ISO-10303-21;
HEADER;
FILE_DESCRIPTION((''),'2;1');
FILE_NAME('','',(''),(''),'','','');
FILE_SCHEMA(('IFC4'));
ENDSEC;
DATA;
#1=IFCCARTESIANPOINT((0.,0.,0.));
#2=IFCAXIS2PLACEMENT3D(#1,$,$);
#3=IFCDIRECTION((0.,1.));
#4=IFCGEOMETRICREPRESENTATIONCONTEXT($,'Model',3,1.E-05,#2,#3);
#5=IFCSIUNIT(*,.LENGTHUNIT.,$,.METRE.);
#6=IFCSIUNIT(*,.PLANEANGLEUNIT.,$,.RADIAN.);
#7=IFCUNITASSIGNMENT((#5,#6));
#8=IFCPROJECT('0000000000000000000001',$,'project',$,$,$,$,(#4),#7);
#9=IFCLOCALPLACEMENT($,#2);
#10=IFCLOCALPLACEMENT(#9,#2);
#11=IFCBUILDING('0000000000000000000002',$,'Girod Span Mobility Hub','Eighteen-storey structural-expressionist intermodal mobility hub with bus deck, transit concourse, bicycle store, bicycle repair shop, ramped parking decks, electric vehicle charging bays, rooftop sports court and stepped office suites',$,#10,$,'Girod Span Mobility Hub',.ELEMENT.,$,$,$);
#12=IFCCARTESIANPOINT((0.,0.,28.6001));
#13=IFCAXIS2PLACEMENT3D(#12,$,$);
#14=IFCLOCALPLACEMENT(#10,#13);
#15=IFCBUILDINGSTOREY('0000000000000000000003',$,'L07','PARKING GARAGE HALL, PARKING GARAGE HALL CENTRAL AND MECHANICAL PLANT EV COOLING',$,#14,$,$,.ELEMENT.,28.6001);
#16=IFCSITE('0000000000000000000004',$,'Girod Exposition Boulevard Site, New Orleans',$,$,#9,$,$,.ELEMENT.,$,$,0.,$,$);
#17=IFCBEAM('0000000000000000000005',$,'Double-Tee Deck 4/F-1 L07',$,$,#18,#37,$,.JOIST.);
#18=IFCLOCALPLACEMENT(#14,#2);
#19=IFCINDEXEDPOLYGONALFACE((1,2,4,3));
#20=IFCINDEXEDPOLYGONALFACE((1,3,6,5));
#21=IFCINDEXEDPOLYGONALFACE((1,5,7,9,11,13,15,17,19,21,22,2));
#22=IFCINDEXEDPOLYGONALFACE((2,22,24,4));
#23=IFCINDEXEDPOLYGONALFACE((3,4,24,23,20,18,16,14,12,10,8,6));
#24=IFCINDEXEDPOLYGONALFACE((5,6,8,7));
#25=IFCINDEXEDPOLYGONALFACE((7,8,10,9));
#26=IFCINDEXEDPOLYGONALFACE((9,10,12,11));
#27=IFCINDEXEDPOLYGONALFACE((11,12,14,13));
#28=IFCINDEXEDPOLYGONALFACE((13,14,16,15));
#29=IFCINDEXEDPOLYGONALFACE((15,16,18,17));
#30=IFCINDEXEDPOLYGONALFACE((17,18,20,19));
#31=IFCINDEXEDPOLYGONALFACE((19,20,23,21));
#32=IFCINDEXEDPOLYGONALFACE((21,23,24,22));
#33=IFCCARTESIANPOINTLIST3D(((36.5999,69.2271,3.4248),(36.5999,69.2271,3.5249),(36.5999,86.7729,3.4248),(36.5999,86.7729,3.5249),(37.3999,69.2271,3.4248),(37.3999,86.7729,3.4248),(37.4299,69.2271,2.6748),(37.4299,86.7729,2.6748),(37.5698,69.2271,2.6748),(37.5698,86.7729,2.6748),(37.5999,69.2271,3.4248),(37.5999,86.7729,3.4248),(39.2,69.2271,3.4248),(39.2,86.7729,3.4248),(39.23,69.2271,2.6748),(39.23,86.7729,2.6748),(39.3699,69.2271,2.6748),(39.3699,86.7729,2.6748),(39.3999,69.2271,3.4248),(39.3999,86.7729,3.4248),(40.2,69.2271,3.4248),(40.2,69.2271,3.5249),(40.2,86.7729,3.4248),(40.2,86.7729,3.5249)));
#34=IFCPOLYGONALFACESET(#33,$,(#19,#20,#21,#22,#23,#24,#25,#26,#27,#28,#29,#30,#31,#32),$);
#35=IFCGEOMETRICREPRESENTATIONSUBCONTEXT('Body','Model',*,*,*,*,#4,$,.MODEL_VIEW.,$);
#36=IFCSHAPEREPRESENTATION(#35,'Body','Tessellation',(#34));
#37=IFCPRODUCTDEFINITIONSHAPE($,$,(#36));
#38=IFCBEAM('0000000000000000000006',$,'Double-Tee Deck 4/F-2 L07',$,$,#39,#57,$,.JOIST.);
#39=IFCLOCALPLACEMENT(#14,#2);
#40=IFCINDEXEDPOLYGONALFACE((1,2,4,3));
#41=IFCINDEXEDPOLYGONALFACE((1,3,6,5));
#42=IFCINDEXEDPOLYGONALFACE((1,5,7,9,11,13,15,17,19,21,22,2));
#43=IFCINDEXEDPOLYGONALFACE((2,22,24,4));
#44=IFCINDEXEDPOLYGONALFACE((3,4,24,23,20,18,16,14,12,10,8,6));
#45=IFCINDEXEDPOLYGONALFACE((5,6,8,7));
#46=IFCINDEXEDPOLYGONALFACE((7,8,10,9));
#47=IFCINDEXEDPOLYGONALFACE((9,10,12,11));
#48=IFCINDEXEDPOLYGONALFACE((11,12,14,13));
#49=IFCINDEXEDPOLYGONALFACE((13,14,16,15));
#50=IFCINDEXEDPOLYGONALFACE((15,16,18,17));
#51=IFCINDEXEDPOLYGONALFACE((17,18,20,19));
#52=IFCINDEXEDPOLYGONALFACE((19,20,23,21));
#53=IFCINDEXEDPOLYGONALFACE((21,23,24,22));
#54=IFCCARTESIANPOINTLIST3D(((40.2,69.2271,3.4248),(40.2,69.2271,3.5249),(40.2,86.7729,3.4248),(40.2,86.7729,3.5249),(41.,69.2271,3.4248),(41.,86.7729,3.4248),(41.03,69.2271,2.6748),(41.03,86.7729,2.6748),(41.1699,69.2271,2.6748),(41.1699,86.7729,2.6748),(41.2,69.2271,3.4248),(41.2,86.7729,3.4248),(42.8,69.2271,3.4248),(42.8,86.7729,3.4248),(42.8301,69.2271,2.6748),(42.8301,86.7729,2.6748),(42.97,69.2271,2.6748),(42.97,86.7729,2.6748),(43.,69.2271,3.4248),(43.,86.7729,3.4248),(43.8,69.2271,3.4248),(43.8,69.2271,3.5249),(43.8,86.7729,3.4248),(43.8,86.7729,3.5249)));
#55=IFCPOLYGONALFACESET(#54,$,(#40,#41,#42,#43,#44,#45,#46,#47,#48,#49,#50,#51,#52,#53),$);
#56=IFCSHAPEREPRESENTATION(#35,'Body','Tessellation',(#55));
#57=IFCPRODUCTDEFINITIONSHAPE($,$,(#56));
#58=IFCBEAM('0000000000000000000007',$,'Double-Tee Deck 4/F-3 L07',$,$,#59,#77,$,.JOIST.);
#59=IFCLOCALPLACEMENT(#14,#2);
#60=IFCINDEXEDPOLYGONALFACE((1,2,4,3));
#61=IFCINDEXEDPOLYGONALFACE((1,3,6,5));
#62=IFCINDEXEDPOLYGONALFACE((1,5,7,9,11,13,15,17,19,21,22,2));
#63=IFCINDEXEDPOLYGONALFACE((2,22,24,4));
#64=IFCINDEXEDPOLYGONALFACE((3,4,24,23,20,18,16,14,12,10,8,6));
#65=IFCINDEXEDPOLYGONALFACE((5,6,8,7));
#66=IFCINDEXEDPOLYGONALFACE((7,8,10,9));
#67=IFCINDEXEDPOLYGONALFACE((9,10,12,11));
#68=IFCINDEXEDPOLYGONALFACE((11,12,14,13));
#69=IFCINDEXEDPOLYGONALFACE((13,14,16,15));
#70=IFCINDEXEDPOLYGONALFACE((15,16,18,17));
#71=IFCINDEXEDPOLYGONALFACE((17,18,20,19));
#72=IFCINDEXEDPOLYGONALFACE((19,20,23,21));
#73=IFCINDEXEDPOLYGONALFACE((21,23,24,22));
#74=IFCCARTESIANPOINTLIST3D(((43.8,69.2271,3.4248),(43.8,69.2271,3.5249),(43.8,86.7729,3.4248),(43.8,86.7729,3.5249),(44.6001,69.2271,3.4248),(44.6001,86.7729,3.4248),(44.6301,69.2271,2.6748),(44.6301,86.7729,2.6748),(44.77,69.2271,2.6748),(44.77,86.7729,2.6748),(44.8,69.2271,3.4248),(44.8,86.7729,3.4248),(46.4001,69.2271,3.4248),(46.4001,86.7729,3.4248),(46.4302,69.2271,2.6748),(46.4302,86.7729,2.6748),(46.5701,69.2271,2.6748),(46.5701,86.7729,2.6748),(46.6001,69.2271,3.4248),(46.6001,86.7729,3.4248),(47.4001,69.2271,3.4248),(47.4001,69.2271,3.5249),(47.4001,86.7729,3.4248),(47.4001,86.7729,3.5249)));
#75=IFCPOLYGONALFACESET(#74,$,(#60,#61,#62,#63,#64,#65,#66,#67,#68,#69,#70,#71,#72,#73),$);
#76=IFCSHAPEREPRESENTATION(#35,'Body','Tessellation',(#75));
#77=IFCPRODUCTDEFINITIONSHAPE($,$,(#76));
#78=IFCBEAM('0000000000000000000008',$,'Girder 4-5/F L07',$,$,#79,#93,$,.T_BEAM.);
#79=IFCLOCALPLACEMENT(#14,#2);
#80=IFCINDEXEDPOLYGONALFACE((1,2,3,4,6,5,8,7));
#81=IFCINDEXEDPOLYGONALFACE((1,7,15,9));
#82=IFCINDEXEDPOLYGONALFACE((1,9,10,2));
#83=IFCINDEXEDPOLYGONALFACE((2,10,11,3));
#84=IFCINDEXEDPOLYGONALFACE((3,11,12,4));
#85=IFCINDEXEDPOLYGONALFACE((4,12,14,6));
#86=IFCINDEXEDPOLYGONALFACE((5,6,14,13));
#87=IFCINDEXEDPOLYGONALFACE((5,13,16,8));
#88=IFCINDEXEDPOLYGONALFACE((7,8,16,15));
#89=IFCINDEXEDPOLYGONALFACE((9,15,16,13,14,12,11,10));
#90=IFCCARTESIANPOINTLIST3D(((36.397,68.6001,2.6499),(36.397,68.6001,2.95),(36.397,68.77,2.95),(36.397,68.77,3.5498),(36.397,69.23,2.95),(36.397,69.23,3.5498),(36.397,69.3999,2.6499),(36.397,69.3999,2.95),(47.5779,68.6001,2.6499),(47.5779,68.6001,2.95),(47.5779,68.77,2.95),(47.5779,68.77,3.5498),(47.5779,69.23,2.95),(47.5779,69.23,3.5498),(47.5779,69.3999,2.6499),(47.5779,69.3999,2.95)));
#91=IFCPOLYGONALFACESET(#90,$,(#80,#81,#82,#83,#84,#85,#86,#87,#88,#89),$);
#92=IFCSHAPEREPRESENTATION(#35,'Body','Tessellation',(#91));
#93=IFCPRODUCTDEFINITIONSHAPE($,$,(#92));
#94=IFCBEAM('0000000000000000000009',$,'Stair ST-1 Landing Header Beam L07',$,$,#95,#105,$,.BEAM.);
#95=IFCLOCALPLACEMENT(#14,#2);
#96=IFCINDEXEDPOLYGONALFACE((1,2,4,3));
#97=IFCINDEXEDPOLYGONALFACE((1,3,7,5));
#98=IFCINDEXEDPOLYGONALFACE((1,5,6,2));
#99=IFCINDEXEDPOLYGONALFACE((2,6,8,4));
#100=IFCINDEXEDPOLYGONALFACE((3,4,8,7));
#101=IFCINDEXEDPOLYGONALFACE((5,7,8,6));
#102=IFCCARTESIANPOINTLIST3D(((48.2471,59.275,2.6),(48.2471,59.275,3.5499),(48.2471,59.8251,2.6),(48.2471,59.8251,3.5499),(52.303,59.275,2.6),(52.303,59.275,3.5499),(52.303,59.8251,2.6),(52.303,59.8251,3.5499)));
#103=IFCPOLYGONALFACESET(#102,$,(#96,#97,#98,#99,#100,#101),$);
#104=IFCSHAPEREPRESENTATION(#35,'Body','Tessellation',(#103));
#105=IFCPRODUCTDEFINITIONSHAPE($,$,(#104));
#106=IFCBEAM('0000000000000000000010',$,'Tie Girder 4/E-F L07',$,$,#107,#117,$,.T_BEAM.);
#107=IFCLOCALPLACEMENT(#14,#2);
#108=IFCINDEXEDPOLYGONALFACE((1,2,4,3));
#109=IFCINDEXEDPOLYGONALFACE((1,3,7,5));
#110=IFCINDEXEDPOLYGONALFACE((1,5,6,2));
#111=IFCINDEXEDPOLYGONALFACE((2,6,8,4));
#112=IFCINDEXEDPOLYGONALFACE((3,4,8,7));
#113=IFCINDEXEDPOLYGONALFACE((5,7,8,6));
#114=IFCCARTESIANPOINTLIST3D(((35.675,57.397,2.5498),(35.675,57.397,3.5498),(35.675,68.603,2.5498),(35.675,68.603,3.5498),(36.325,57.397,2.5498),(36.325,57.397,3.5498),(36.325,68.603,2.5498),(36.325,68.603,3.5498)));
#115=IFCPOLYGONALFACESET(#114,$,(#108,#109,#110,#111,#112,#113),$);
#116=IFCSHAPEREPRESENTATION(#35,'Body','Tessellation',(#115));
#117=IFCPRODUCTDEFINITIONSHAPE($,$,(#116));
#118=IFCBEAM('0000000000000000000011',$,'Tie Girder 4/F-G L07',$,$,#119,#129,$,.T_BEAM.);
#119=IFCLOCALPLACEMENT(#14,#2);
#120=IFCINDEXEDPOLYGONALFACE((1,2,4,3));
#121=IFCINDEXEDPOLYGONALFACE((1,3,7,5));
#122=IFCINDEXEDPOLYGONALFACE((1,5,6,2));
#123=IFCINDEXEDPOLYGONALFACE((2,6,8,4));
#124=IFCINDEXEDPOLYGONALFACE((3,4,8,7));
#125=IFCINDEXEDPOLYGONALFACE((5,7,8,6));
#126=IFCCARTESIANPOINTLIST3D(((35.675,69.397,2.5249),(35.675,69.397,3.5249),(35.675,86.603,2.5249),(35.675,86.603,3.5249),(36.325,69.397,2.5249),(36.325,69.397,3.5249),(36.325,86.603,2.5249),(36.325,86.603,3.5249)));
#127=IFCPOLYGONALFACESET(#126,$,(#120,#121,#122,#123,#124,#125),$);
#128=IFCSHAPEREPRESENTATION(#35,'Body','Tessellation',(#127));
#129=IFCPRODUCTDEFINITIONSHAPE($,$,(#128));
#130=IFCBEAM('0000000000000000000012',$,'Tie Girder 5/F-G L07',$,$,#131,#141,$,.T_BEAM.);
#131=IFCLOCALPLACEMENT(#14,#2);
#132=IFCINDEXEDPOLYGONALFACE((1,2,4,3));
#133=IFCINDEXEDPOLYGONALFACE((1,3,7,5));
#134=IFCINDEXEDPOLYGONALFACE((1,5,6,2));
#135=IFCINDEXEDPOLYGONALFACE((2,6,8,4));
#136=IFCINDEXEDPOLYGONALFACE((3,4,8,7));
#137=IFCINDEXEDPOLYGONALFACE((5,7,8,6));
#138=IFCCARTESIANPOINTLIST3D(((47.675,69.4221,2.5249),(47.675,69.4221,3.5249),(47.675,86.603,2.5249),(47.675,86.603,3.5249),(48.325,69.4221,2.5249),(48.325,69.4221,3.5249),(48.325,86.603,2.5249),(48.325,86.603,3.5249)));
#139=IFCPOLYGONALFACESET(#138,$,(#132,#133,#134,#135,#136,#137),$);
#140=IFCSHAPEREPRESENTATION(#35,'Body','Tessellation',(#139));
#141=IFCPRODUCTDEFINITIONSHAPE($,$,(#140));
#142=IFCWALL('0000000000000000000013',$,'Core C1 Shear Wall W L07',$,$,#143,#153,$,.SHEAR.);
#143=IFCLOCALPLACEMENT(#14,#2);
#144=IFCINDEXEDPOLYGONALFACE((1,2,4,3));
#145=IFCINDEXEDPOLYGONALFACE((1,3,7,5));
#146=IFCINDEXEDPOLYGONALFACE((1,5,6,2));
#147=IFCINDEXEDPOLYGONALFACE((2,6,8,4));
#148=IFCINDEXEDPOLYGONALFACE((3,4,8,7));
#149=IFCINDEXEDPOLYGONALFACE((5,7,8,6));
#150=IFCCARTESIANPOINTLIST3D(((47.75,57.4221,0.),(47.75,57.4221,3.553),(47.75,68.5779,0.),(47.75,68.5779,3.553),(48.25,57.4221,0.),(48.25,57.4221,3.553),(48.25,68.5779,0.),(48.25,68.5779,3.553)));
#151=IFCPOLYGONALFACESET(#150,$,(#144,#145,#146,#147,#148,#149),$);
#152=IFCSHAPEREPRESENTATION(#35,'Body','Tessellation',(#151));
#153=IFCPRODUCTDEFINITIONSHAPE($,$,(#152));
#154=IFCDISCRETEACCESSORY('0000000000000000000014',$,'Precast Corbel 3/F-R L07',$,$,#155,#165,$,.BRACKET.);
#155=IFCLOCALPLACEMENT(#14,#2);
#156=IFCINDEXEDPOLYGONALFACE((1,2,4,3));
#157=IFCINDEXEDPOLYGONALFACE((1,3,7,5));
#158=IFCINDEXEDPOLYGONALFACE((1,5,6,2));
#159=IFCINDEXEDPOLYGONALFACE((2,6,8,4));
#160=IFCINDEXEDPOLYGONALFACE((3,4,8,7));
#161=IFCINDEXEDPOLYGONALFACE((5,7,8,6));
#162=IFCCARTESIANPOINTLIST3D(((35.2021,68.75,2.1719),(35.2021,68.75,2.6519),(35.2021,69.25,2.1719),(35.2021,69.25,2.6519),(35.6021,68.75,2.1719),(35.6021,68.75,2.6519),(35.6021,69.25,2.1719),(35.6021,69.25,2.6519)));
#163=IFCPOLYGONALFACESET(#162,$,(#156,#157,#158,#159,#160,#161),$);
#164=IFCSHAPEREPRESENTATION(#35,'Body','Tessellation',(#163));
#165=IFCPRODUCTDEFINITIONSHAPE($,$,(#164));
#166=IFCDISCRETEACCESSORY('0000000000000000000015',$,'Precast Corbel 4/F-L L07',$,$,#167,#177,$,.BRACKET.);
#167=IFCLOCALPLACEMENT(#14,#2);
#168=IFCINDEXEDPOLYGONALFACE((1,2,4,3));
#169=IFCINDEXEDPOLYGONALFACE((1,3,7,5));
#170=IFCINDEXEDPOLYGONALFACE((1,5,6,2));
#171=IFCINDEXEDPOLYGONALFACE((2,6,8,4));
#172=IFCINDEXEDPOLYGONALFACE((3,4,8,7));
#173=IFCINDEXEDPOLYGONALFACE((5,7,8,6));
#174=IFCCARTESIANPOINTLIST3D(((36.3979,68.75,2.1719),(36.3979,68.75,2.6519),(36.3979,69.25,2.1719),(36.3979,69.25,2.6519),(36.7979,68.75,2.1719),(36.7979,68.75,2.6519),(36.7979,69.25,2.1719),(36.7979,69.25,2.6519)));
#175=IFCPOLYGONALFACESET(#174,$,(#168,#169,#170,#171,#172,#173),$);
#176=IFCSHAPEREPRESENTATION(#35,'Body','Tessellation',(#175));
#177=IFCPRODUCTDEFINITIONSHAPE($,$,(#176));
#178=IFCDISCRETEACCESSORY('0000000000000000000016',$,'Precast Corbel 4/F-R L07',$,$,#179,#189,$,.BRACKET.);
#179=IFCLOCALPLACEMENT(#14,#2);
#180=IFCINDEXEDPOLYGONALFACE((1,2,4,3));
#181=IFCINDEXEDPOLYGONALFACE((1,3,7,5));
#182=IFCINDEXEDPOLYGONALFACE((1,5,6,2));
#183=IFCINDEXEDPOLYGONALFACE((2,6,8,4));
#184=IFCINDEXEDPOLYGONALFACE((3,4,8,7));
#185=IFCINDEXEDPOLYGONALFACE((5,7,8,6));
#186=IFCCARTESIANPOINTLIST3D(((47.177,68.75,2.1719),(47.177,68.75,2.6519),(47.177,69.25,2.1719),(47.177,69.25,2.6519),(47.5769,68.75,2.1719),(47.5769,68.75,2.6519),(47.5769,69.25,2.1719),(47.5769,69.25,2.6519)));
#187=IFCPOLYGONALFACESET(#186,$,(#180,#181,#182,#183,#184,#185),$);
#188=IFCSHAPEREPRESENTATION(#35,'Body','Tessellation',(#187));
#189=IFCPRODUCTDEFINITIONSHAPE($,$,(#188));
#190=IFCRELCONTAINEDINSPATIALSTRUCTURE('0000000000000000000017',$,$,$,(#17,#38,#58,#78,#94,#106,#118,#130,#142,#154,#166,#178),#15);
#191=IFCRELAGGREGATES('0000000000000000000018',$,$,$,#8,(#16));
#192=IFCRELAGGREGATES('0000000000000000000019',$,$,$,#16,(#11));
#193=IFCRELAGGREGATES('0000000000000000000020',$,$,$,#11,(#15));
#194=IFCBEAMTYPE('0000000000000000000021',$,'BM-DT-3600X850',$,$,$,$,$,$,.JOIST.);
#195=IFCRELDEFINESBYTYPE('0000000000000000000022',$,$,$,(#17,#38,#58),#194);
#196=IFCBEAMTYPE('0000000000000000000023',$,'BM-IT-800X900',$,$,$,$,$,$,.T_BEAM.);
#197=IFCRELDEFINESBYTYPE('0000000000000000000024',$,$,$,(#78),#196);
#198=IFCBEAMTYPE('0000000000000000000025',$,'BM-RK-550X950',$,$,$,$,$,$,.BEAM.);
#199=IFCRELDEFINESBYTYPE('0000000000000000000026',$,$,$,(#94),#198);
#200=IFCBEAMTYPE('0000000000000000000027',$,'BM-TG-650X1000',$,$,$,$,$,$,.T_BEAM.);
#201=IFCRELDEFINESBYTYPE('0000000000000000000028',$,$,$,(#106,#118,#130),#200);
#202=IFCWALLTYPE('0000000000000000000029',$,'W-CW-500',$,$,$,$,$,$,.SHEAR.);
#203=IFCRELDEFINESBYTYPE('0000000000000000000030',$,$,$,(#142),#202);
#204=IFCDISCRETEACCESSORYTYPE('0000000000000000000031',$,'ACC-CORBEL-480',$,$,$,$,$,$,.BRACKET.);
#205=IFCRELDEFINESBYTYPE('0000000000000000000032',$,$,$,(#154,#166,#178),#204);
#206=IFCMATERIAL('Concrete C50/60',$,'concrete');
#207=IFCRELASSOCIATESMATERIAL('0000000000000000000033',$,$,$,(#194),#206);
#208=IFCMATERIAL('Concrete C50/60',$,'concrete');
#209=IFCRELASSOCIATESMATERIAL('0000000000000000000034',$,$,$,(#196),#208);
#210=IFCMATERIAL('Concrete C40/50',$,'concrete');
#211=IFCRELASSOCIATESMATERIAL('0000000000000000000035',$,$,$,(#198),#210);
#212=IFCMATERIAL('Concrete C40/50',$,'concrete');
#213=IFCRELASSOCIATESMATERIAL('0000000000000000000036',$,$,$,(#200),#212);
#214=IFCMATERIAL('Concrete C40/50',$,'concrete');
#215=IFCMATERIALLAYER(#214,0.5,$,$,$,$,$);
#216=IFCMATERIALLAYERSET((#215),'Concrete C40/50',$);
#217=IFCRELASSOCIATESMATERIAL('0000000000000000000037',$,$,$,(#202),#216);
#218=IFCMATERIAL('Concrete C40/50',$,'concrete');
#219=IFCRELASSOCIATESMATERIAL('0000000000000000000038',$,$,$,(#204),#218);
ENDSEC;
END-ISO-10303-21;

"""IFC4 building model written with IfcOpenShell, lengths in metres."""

from ifc_helpers import new_model, si_unit, direction, frame, frame_2d, origin, origin_2d, place, context, subcontext, project, spatial, polyline, rectangle, outline, extrude, material, layer, layer_set, material_profile, profile_set, type_object, element, save


model = new_model("IFC4")

# Units and contexts
model_context = context("Model", 3, precision=1e-05, world=origin(), true_north=direction((0.0, 1.0)))
body_context = subcontext(model_context, "Body", "Model", "MODEL_VIEW")
ifc_project = project(units=[si_unit("LENGTHUNIT", "METRE"), si_unit("PLANEANGLEUNIT", "RADIAN")], contexts=[model_context])

# Site, building, storey
site_placement = place(None, origin())
site = spatial("IfcSite", under=ifc_project, at=site_placement, Name="Girod Exposition Boulevard Site, New Orleans", CompositionType="ELEMENT", RefElevation=0.0)
building_placement = place(site_placement, origin())
building = spatial("IfcBuilding", under=site, at=building_placement, Name="Girod Span Mobility Hub", Description="Eighteen-storey structural-expressionist intermodal mobility hub with bus deck, transit concourse, bicycle store, bicycle repair shop, ramped parking decks, electric vehicle charging bays, rooftop sports court and stepped office suites", LongName="Girod Span Mobility Hub", CompositionType="ELEMENT")
storey_placement = place(building_placement, frame((0.0, 0.0, 28.6001)))
storey = spatial("IfcBuildingStorey", under=building, at=storey_placement, Name="L07", Description="PARKING GARAGE HALL, PARKING GARAGE HALL CENTRAL AND MECHANICAL PLANT EV COOLING", CompositionType="ELEMENT", Elevation=28.6001)

# Beams
ifc_material_1 = material(Name="Concrete C50/60", Category="concrete")
ifc_material_profile_1 = material_profile(ifc_material_1, outline(polyline([(-1.8, 0.425), (-1.8, 0.325), (-1.0, 0.325), (-0.97, -0.425), (-0.8301, -0.425), (-0.8, 0.325), (0.8, 0.325), (0.8301, -0.425), (0.97, -0.425), (1.0, 0.325), (1.8, 0.325), (1.8, 0.425), (-1.8, 0.425)])), Name="DT-3600X850")
ifc_profile_set_1 = profile_set([ifc_material_profile_1], Name="Concrete C50/60")
beam_type_1 = type_object("IfcBeamType", Name="BM-DT-3600X850", PredefinedType="JOIST", material=ifc_profile_set_1)
for number, where, z_axis, x_axis, name in (
    (1, (38.3999, 69.2271, 3.0999), (0.0, 1.0, 0.0), (-1.0, 0.0, 0.0), "Double-Tee Deck 4/F-1 L07"),
    (2, (42.0, 69.2271, 3.0999), (0.0, 1.0, 0.0), (-1.0, 0.0, 0.0), "Double-Tee Deck 4/F-2 L07"),
    (3, (45.6001, 69.2271, 3.0999), (0.0, 1.0, 0.0), (-1.0, 0.0, 0.0), "Double-Tee Deck 4/F-3 L07"),
):
    element("IfcBeam", number, at=place(storey_placement, frame(where, z_axis=z_axis, x_axis=x_axis)), inside=storey, type_object=beam_type_1, Name=name, PredefinedType="JOIST", context=body_context, shape_type="SweptSolid", body=[
        extrude(outline(polyline([(-1.8, 0.425), (-1.8, 0.325), (-1.0, 0.325), (-0.97, -0.425), (-0.8301, -0.425), (-0.8, 0.325), (0.8, 0.325), (0.8301, -0.425), (0.97, -0.425), (1.0, 0.325), (1.8, 0.325), (1.8, 0.425), (-1.8, 0.425)])), origin(), (0.0, 0.0, 1.0), 17.5459),
    ])
ifc_material_2 = material(Name="Concrete C50/60", Category="concrete")
ifc_material_profile_2 = material_profile(ifc_material_2, outline(polyline([(-0.3999, -0.45), (0.3999, -0.45), (0.3999, -0.1499), (0.23, -0.1499), (0.23, 0.45), (-0.23, 0.45), (-0.23, -0.1499), (-0.3999, -0.1499), (-0.3999, -0.45)])), Name="IT-800X900")
ifc_profile_set_2 = profile_set([ifc_material_profile_2], Name="Concrete C50/60")
beam_type_2 = type_object("IfcBeamType", Name="BM-IT-800X900", PredefinedType="T_BEAM", material=ifc_profile_set_2)
beam_1_placement = place(storey_placement, frame((36.397, 69.0, 3.0999), z_axis=(1.0, 0.0, 0.0), x_axis=(0.0, 1.0, 0.0)))
element("IfcBeam", 4, at=beam_1_placement, inside=storey, type_object=beam_type_2, Name="Girder 4-5/F L07", PredefinedType="T_BEAM", context=body_context, shape_type="SweptSolid", body=[
    extrude(outline(polyline([(-0.3999, -0.45), (0.3999, -0.45), (0.3999, -0.1499), (0.23, -0.1499), (0.23, 0.45), (-0.23, 0.45), (-0.23, -0.1499), (-0.3999, -0.1499), (-0.3999, -0.45)])), origin(), (0.0, 0.0, 1.0), 11.1809),
])
ifc_material_3 = material(Name="Concrete C40/50", Category="concrete")
ifc_material_profile_3 = material_profile(ifc_material_3, rectangle(XDim=0.55, YDim=0.95, at=origin_2d()), Name="RK-550X950")
ifc_profile_set_3 = profile_set([ifc_material_profile_3], Name="Concrete C40/50")
beam_type_3 = type_object("IfcBeamType", Name="BM-RK-550X950", PredefinedType="BEAM", material=ifc_profile_set_3)
beam_2_placement = place(storey_placement, frame((48.2471, 59.55, 3.075), z_axis=(1.0, 0.0, 0.0), x_axis=(0.0, 1.0, 0.0)))
element("IfcBeam", 5, at=beam_2_placement, inside=storey, type_object=beam_type_3, Name="Stair ST-1 Landing Header Beam L07", PredefinedType="BEAM", context=body_context, shape_type="SweptSolid", body=[
    extrude(rectangle(XDim=0.55, YDim=0.95, at=origin_2d()), origin(), (0.0, 0.0, 1.0), 4.0559),
])
ifc_material_4 = material(Name="Concrete C40/50", Category="concrete")
ifc_material_profile_4 = material_profile(ifc_material_4, rectangle(XDim=0.6499, YDim=1.0, at=origin_2d()), Name="TG-650X1000")
ifc_profile_set_4 = profile_set([ifc_material_profile_4], Name="Concrete C40/50")
beam_type_4 = type_object("IfcBeamType", Name="BM-TG-650X1000", PredefinedType="T_BEAM", material=ifc_profile_set_4)
beam_3_placement = place(storey_placement, frame((36.0, 57.397, 3.0498), z_axis=(0.0, 1.0, 0.0), x_axis=(-1.0, 0.0, 0.0)))
element("IfcBeam", 6, at=beam_3_placement, inside=storey, type_object=beam_type_4, Name="Tie Girder 4/E-F L07", PredefinedType="T_BEAM", context=body_context, shape_type="SweptSolid", body=[
    extrude(rectangle(XDim=0.6499, YDim=1.0, at=origin_2d()), origin(), (0.0, 0.0, 1.0), 11.2061),
])
beam_4_placement = place(storey_placement, frame((36.0, 69.397, 3.0249), z_axis=(0.0, 1.0, 0.0), x_axis=(-1.0, 0.0, 0.0)))
element("IfcBeam", 7, at=beam_4_placement, inside=storey, type_object=beam_type_4, Name="Tie Girder 4/F-G L07", PredefinedType="T_BEAM", context=body_context, shape_type="SweptSolid", body=[
    extrude(rectangle(XDim=0.6499, YDim=1.0, at=origin_2d()), origin(), (0.0, 0.0, 1.0), 17.2061),
])
beam_5_placement = place(storey_placement, frame((48.0, 69.4221, 3.0249), z_axis=(0.0, 1.0, 0.0), x_axis=(-1.0, 0.0, 0.0)))
element("IfcBeam", 8, at=beam_5_placement, inside=storey, type_object=beam_type_4, Name="Tie Girder 5/F-G L07", PredefinedType="T_BEAM", context=body_context, shape_type="SweptSolid", body=[
    extrude(rectangle(XDim=0.6499, YDim=1.0, at=origin_2d()), origin(), (0.0, 0.0, 1.0), 17.1809),
])

# Wall
ifc_material_5 = material(Name="Concrete C40/50", Category="concrete")
ifc_layer = layer(ifc_material_5, 0.5)
ifc_layer_set = layer_set([ifc_layer], Name="Concrete C40/50")
wall_type = type_object("IfcWallType", Name="W-CW-500", PredefinedType="SHEAR", material=ifc_layer_set)
wall_placement = place(storey_placement, frame((48.0, 57.4221, 0.0), z_axis=(0.0, 0.0, 1.0), x_axis=(0.0, 1.0, 0.0)))
element("IfcWall", 9, at=wall_placement, inside=storey, type_object=wall_type, Name="Core C1 Shear Wall W L07", PredefinedType="SHEAR", context=body_context, shape_type="SweptSolid", body=[
    extrude(rectangle(XDim=11.1558, YDim=0.5, at=frame_2d((5.5779, 0.0))), origin(), (0.0, 0.0, 1.0), 3.553),
])

# Discrete accessories
ifc_material_6 = material(Name="Concrete C40/50", Category="concrete")
discrete_accessory_type = type_object("IfcDiscreteAccessoryType", Name="ACC-CORBEL-480", PredefinedType="BRACKET", material=ifc_material_6)
for number, where, z_axis, x_axis, name in (
    (10, (35.4021, 69.0, 2.1719), (0.0, 0.0, 1.0), (1.0, 0.0, 0.0), "Precast Corbel 3/F-R L07"),
    (11, (36.5979, 69.0, 2.1719), (0.0, 0.0, 1.0), (1.0, 0.0, 0.0), "Precast Corbel 4/F-L L07"),
    (12, (47.377, 69.0, 2.1719), (0.0, 0.0, 1.0), (1.0, 0.0, 0.0), "Precast Corbel 4/F-R L07"),
):
    element("IfcDiscreteAccessory", number, at=place(storey_placement, frame(where, z_axis=z_axis, x_axis=x_axis)), inside=storey, type_object=discrete_accessory_type, Name=name, PredefinedType="BRACKET", context=body_context, shape_type="SweptSolid", body=[
        extrude(rectangle(XDim=0.3999, YDim=0.5, at=origin_2d()), origin(), (0.0, 0.0, 1.0), 0.48),
    ])

save(model, "model.ifc")
